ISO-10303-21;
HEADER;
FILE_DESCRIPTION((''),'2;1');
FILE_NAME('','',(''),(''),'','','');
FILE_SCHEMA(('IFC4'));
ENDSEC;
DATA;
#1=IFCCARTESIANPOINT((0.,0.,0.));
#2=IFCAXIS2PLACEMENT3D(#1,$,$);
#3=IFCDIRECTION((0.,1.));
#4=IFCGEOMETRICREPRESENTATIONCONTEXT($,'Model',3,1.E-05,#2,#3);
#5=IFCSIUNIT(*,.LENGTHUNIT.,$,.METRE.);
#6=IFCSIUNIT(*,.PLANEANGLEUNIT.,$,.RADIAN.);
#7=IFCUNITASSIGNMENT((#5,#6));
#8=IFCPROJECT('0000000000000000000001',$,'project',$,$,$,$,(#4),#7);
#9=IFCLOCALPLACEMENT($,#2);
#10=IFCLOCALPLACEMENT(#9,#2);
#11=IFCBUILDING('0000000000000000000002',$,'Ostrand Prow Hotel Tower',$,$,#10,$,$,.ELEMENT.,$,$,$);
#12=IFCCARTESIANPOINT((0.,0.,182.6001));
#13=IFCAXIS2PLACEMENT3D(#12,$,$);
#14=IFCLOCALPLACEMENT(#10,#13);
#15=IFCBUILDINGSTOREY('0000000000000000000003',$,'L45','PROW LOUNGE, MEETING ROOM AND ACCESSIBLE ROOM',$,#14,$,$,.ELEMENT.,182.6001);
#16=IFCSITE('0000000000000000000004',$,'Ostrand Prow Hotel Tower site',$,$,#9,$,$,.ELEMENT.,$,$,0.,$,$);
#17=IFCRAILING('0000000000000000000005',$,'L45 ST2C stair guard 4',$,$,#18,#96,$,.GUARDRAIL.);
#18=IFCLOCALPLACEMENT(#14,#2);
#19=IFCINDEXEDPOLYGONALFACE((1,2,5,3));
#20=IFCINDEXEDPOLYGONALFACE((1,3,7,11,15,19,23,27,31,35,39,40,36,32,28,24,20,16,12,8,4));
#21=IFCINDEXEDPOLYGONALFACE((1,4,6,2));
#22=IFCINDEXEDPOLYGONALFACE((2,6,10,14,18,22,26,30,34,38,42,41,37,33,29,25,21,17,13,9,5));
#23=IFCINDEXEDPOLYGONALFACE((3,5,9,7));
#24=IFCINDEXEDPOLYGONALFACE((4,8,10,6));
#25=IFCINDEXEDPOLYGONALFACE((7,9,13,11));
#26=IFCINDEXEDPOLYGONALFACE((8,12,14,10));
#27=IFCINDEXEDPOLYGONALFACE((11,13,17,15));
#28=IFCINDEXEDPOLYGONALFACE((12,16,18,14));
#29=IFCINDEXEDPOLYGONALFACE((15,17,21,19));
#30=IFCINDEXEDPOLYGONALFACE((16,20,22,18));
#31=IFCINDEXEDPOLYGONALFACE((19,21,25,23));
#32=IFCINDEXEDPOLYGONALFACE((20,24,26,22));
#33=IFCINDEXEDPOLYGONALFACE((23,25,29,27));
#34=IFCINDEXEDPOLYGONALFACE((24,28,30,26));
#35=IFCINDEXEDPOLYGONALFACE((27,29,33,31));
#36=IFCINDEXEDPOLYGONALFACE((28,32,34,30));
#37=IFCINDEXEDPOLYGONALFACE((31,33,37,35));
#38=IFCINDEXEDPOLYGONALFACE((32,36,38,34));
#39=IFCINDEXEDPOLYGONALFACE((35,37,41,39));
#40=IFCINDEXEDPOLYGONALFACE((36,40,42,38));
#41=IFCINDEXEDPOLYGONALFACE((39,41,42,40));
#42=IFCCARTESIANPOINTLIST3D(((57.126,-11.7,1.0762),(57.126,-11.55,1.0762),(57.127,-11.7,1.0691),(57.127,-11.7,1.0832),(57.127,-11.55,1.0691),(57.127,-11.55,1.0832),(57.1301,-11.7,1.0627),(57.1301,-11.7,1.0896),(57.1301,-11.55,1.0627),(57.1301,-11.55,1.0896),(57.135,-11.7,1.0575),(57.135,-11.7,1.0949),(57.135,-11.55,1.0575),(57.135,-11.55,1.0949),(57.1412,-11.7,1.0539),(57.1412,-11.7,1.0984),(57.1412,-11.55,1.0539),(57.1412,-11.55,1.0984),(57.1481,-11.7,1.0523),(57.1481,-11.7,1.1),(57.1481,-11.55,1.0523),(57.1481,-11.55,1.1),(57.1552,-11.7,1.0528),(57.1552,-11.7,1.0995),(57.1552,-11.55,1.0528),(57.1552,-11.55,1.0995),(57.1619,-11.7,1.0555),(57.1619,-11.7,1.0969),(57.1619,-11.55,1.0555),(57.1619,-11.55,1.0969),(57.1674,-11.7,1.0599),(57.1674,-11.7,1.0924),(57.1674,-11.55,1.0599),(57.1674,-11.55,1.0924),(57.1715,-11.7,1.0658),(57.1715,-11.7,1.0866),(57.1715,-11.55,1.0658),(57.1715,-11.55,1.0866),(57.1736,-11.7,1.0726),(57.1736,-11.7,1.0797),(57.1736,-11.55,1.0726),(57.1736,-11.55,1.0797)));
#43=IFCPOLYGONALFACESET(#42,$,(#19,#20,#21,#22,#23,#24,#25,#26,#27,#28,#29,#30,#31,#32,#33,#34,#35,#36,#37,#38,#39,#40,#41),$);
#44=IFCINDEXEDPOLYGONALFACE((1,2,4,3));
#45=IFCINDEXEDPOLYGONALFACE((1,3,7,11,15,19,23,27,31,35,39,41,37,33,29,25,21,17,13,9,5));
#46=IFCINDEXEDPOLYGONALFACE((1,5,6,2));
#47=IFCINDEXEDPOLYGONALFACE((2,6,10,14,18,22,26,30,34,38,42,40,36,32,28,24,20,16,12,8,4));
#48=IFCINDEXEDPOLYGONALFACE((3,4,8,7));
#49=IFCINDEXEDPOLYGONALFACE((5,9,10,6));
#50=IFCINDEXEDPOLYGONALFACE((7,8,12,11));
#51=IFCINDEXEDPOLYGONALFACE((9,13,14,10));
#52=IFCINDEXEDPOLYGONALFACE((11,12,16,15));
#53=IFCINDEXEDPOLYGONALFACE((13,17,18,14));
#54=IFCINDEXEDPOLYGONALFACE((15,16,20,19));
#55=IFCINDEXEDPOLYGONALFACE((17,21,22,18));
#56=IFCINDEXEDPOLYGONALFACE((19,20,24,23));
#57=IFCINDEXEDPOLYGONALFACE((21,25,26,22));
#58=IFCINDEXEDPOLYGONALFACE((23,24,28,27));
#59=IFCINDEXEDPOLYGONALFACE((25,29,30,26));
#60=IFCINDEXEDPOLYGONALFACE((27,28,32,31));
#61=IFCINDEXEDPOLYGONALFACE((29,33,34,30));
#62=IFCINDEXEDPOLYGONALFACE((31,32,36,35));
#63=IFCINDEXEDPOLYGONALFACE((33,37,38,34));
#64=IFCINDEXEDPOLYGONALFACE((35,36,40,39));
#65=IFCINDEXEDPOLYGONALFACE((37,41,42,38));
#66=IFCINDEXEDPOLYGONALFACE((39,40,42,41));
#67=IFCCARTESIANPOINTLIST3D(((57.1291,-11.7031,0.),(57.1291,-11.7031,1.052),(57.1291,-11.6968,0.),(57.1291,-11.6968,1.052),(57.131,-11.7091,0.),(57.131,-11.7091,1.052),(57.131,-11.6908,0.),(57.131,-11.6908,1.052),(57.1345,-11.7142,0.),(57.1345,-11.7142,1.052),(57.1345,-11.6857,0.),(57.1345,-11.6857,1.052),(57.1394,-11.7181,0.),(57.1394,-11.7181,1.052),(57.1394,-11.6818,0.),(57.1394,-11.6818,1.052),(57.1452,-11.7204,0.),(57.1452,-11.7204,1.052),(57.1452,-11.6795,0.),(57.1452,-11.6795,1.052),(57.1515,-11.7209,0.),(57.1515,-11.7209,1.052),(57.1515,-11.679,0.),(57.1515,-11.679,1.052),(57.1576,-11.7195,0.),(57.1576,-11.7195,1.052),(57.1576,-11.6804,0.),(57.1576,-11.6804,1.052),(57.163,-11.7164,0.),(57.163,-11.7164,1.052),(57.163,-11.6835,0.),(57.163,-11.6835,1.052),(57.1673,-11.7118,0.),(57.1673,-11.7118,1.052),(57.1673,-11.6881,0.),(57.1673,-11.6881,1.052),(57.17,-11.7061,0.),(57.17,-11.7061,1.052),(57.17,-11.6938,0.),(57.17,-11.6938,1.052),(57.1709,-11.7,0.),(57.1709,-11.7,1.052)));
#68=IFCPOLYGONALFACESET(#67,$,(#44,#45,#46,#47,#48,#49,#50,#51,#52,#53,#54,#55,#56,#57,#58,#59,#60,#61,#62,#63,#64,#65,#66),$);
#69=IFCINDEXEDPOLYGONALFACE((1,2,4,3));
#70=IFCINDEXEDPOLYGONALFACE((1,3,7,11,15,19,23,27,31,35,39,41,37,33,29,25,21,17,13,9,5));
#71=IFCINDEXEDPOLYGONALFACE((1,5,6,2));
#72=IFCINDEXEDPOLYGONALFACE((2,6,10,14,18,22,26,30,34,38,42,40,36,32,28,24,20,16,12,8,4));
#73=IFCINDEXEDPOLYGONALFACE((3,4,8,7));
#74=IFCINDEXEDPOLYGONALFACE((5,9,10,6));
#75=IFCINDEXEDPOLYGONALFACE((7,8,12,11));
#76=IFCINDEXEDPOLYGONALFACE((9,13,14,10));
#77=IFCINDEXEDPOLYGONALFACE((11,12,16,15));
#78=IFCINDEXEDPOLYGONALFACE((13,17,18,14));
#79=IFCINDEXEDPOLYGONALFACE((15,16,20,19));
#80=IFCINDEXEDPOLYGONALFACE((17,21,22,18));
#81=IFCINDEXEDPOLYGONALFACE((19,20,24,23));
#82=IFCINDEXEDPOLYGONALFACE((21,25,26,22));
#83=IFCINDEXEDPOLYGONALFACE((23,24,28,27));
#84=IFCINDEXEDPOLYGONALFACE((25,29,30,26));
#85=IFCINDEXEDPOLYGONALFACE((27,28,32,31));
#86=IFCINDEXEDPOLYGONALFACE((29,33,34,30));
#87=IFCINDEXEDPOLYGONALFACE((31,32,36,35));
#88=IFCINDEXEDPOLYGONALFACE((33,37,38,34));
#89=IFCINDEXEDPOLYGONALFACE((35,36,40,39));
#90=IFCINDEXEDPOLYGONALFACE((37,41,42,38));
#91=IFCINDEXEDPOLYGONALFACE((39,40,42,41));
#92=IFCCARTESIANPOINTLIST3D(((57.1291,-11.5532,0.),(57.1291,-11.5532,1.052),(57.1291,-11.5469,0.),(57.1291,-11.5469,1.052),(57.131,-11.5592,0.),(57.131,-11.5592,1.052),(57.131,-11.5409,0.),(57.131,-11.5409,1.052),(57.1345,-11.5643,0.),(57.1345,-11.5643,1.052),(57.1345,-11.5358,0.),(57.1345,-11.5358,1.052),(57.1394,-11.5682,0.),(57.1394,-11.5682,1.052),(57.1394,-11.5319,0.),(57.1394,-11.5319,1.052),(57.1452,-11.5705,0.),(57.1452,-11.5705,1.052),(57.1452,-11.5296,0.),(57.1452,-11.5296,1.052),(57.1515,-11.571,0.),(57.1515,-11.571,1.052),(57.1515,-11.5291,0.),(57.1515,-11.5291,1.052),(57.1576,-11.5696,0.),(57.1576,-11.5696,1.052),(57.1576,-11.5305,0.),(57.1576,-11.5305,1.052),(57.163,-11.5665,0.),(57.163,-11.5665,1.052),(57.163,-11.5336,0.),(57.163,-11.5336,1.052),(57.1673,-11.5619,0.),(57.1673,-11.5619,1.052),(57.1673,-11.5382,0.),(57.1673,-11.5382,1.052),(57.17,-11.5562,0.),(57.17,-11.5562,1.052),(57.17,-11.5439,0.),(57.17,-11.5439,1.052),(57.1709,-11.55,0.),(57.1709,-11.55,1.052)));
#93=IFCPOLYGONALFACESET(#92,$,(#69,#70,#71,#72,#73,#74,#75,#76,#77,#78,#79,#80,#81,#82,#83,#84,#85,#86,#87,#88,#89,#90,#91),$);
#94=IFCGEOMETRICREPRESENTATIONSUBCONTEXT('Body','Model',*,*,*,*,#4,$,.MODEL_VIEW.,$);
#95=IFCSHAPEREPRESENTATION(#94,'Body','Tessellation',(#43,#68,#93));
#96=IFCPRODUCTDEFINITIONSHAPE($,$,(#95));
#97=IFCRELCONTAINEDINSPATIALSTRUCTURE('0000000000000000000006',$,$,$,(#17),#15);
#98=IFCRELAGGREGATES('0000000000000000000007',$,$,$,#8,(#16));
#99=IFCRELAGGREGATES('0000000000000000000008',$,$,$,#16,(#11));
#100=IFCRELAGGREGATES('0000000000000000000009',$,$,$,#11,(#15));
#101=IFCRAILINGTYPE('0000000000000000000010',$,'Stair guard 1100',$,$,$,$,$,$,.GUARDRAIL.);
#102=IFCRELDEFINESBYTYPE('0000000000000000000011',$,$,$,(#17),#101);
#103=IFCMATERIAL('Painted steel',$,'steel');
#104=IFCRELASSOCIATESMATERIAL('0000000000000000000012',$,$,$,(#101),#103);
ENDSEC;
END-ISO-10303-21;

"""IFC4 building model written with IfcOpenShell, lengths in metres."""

from ifc_helpers import new_model, si_unit, direction, frame, origin, origin_2d, place, context, subcontext, project, spatial, circle, extrude, material, type_object, element, save


model = new_model("IFC4")

# Units and contexts
model_context = context("Model", 3, precision=1e-05, world=origin(), true_north=direction((0.0, 1.0)))
body_context = subcontext(model_context, "Body", "Model", "MODEL_VIEW")
ifc_project = project(units=[si_unit("LENGTHUNIT", "METRE"), si_unit("PLANEANGLEUNIT", "RADIAN")], contexts=[model_context])

# Site, building, storey
site_placement = place(None, origin())
site = spatial("IfcSite", under=ifc_project, at=site_placement, Name="Ostrand Prow Hotel Tower site", CompositionType="ELEMENT", RefElevation=0.0)
building_placement = place(site_placement, origin())
building = spatial("IfcBuilding", under=site, at=building_placement, Name="Ostrand Prow Hotel Tower", CompositionType="ELEMENT")
storey_placement = place(building_placement, frame((0.0, 0.0, 182.6001)))
storey = spatial("IfcBuildingStorey", under=building, at=storey_placement, Name="L45", Description="PROW LOUNGE, MEETING ROOM AND ACCESSIBLE ROOM", CompositionType="ELEMENT", Elevation=182.6001)

# Railing
ifc_material_1 = material(Name="Painted steel", Category="steel")
railing_type = type_object("IfcRailingType", Name="Stair guard 1100", PredefinedType="GUARDRAIL", material=ifc_material_1)
railing_placement = place(storey_placement, frame((57.1499, -11.7, 0.0)))
element("IfcRailing", 1, at=railing_placement, inside=storey, type_object=railing_type, Name="L45 ST2C stair guard 4", PredefinedType="GUARDRAIL", context=body_context, shape_type="SweptSolid", body=[
    extrude(circle(Radius=0.0239, at=origin_2d()), frame((0.0, 0.0, 1.0762), z_axis=(0.0, 1.0, 0.0), x_axis=(-1.0, 0.0, 0.0)), (0.0, 0.0, 1.0), 0.1499),
    extrude(circle(Radius=0.021, at=origin_2d()), origin(), (0.0, 0.0, 1.0), 1.052),
    extrude(circle(Radius=0.021, at=origin_2d()), frame((0.0, 0.1499, 0.0)), (0.0, 0.0, 1.0), 1.052),
])

save(model, "model.ifc")
